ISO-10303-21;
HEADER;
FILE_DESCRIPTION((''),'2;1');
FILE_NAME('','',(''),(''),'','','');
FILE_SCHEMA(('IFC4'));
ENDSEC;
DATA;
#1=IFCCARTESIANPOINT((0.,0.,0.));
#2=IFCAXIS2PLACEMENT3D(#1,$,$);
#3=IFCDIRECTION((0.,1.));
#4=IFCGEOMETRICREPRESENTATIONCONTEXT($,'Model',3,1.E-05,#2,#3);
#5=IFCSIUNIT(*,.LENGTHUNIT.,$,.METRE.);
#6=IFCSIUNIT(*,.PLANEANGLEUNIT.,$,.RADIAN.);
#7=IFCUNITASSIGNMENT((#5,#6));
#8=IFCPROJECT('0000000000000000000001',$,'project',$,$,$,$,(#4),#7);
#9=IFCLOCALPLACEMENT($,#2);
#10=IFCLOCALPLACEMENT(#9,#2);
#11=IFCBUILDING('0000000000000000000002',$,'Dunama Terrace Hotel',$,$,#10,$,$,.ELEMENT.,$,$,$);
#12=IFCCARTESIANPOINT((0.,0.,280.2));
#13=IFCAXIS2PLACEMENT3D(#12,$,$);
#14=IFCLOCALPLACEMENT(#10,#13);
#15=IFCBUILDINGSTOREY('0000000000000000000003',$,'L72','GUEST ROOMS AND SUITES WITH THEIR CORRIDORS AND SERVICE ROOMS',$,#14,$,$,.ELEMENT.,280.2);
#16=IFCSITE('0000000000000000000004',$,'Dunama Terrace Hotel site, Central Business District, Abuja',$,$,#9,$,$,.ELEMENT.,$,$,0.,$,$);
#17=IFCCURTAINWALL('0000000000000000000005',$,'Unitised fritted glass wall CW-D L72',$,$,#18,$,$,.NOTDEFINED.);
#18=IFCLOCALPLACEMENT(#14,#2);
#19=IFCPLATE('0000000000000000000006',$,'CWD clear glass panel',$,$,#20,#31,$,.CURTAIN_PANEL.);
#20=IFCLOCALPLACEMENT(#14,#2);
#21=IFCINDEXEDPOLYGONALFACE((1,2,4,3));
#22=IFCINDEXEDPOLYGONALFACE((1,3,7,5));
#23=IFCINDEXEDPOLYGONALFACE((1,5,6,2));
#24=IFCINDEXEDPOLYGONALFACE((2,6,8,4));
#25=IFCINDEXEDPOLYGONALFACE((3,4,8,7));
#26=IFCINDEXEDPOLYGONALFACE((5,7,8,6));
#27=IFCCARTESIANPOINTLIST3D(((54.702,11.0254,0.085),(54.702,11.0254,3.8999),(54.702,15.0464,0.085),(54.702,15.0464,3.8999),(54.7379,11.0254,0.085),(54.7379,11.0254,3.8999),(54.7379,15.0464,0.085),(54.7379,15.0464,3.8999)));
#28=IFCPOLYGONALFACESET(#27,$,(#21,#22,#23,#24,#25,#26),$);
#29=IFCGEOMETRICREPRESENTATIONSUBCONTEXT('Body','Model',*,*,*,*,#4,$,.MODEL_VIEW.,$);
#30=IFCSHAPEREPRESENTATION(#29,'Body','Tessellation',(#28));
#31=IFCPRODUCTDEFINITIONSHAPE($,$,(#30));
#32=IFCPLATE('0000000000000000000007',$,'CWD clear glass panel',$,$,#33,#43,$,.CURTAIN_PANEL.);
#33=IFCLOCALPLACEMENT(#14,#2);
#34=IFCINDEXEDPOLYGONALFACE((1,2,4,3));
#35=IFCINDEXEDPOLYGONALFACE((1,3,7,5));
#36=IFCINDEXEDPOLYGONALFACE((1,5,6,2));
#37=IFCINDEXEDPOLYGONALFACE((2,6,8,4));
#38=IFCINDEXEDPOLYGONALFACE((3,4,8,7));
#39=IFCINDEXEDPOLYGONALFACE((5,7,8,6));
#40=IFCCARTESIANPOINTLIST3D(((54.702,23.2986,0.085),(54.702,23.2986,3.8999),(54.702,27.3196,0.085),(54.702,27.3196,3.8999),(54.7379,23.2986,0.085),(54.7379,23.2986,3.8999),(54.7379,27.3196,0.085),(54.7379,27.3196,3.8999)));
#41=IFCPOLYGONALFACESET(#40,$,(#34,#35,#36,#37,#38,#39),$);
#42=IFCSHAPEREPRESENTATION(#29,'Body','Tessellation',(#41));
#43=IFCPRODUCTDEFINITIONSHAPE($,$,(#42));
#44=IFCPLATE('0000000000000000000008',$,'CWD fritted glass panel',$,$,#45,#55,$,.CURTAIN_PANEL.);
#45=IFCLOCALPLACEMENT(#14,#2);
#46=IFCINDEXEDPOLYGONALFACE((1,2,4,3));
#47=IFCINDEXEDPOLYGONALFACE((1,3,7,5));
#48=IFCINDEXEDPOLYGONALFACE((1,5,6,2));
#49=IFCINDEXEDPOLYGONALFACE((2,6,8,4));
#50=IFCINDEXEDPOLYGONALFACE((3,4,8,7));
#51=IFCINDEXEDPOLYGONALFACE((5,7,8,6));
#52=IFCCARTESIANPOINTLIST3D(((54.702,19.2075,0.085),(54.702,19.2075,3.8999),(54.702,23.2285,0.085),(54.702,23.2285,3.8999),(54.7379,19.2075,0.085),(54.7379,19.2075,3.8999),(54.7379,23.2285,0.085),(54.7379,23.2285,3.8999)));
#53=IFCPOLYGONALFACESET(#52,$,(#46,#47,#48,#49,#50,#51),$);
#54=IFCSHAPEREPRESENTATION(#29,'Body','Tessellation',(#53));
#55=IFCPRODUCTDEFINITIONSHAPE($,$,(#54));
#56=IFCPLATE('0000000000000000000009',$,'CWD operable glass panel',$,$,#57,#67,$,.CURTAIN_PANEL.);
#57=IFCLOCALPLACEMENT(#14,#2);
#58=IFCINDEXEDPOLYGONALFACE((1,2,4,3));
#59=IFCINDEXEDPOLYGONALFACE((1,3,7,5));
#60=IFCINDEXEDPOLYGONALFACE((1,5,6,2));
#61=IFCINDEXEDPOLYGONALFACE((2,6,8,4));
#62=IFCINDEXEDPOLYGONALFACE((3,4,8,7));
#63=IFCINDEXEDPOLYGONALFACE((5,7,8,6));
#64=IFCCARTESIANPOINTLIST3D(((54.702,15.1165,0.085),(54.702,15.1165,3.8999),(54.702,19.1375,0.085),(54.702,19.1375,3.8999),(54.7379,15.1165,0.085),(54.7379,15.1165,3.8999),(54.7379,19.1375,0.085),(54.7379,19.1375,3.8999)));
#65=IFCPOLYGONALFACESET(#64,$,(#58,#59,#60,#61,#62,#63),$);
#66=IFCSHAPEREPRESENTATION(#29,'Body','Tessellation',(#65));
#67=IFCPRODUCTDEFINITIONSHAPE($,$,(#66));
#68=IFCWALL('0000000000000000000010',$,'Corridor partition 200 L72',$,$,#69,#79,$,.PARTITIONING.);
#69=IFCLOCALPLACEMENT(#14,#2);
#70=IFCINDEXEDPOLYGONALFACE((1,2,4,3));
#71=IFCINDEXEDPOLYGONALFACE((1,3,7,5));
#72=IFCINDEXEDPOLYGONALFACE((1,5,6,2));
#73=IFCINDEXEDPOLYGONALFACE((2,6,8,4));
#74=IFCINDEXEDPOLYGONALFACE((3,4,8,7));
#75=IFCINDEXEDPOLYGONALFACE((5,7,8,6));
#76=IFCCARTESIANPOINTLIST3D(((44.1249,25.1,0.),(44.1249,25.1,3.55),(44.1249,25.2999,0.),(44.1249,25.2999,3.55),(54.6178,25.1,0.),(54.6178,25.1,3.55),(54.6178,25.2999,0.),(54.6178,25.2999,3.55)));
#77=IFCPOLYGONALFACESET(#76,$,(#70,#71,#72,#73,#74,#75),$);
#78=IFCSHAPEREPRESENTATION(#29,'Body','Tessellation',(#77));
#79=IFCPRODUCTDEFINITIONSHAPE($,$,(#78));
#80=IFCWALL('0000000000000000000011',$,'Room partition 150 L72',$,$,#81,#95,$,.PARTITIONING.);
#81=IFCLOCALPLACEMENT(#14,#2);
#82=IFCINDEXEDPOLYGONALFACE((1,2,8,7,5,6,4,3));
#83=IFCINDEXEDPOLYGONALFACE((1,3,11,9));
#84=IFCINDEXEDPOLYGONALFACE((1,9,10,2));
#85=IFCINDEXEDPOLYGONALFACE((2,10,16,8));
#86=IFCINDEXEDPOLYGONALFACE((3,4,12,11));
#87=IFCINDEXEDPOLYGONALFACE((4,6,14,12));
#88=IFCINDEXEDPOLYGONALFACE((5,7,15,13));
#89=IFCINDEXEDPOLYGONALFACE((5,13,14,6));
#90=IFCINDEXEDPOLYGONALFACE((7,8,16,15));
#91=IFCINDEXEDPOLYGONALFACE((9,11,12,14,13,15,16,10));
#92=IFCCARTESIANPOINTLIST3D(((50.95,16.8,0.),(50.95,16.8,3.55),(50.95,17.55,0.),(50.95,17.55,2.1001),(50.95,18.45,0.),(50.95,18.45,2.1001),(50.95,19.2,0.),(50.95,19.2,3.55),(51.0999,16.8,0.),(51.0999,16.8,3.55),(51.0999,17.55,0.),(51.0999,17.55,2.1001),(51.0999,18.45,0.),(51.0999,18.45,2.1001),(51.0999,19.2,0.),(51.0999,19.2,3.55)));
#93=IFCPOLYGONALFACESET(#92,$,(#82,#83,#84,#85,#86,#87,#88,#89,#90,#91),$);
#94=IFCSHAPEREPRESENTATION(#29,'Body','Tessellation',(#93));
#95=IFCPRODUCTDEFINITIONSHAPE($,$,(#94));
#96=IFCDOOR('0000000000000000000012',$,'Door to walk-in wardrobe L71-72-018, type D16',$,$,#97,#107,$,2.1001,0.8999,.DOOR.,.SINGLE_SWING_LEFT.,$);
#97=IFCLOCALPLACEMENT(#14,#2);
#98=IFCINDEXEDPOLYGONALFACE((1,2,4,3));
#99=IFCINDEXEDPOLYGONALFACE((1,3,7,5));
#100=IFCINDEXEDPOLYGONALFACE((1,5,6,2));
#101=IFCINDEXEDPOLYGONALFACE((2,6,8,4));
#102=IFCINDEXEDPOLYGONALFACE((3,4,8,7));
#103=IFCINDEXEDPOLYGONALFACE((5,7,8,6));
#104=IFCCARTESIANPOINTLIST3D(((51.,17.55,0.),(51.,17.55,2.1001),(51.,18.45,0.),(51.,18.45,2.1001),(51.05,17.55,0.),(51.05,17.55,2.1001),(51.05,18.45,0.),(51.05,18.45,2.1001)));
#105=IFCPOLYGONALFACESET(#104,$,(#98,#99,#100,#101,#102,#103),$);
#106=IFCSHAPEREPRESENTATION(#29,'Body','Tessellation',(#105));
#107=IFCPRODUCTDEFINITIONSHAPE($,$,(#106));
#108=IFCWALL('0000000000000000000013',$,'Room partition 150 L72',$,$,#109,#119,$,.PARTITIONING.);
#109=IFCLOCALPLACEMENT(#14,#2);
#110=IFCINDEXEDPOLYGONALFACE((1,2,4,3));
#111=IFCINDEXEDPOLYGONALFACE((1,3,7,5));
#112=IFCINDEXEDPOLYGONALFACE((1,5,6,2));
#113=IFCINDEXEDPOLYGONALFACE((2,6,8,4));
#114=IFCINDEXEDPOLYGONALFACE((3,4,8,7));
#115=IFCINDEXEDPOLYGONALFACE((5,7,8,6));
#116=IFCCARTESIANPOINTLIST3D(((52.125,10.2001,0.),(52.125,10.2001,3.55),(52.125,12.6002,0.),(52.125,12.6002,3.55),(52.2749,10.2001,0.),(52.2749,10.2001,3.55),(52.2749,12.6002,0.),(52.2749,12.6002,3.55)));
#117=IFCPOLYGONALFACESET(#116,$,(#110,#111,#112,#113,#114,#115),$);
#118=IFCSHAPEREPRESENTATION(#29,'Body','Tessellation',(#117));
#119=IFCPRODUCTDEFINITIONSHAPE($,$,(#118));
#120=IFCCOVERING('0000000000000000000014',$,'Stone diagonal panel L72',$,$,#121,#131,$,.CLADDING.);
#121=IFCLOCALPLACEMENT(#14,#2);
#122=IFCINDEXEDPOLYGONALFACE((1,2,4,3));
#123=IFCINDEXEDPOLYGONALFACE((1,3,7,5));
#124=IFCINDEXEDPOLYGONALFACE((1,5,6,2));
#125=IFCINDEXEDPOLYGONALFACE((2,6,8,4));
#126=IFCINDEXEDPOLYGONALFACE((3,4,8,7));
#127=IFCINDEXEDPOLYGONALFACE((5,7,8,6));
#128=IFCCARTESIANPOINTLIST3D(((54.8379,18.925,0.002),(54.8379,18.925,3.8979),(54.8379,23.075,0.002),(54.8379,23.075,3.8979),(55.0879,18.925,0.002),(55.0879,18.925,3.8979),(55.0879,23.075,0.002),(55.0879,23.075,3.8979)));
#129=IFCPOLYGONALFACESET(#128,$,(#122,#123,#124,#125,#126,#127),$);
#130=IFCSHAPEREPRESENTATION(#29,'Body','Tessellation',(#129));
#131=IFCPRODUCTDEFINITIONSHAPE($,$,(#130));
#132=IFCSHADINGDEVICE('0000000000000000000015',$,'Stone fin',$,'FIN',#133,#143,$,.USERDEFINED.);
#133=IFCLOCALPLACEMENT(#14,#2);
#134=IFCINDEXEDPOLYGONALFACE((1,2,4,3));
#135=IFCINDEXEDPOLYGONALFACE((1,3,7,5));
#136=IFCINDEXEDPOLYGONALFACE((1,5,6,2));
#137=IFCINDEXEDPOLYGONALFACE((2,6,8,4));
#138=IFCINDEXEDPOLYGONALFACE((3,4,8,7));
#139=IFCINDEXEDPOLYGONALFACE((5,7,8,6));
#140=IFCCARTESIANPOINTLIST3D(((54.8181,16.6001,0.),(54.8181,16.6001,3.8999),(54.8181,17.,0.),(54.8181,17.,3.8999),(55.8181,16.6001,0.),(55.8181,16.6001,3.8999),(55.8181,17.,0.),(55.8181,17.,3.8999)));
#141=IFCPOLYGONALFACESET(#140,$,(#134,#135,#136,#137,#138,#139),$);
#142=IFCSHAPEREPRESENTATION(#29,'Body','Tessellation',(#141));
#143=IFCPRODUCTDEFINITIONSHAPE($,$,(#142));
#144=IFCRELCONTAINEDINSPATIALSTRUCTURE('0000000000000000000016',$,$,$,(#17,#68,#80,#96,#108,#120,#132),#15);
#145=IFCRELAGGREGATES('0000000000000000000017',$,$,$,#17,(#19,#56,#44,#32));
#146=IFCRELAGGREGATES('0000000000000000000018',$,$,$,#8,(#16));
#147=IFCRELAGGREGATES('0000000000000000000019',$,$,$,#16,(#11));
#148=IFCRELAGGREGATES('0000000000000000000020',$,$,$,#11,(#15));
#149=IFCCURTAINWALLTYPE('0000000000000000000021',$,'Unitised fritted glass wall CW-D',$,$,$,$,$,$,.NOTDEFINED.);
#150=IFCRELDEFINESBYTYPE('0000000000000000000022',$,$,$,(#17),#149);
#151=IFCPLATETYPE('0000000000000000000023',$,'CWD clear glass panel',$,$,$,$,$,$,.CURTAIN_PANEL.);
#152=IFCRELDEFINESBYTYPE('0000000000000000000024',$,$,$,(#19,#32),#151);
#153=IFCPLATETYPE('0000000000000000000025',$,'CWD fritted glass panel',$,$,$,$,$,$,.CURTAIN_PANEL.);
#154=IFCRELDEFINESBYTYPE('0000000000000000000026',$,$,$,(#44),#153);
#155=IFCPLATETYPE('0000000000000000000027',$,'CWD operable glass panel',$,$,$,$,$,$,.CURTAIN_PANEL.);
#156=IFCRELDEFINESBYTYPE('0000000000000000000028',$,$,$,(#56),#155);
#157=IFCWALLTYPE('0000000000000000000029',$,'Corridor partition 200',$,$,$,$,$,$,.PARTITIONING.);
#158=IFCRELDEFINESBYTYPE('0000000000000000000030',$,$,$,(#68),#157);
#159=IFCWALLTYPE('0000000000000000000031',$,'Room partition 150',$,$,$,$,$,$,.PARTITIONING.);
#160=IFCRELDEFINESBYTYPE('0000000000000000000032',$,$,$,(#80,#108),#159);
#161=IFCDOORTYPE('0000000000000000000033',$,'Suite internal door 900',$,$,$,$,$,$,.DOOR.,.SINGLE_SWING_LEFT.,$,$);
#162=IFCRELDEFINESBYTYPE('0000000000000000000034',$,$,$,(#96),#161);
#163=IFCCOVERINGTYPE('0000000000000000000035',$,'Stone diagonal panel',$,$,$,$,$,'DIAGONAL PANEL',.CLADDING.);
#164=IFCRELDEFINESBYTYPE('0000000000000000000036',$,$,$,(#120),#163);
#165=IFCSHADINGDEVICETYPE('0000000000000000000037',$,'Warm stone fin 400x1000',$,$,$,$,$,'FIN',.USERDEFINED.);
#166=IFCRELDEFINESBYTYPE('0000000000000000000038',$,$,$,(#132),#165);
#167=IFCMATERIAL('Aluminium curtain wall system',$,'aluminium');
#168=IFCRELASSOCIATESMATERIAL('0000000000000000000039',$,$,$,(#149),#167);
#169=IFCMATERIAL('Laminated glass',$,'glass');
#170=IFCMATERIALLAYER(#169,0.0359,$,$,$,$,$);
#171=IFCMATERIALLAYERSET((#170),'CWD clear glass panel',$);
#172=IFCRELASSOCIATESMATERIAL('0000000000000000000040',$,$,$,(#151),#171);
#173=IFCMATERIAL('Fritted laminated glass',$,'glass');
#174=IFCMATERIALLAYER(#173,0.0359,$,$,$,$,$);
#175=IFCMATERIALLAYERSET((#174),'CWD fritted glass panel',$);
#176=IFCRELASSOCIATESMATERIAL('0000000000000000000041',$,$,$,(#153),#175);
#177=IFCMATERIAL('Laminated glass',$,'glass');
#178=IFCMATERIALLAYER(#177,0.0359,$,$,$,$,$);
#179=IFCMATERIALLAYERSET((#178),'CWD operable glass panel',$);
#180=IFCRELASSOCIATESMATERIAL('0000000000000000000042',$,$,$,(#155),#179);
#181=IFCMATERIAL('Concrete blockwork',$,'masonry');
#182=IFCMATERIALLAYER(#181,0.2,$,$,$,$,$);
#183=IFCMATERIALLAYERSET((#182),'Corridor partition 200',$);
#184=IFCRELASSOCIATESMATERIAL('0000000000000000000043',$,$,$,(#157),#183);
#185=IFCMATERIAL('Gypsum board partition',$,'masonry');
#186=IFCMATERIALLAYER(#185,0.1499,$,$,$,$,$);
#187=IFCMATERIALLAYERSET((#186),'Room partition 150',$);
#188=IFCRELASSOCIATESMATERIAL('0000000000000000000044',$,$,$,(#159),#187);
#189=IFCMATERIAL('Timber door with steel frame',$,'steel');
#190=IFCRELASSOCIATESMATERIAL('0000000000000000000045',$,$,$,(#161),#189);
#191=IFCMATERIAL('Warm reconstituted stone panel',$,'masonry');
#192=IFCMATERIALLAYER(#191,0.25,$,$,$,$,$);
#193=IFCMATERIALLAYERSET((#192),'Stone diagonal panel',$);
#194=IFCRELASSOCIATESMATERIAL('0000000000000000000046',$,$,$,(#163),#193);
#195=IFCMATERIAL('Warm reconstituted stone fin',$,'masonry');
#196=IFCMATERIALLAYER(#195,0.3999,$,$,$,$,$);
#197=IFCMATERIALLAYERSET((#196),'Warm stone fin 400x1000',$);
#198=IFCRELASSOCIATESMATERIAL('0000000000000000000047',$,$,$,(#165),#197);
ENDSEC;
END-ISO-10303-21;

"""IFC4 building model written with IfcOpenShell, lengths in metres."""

from ifc_helpers import new_model, si_unit, direction, frame, frame_2d, origin, origin_2d, place, context, subcontext, project, spatial, rectangle, extrude, material, layer, layer_set, type_object, element, fill, aggregate, save


model = new_model("IFC4")

# Units and contexts
model_context = context("Model", 3, precision=1e-05, world=origin(), true_north=direction((0.0, 1.0)))
body_context = subcontext(model_context, "Body", "Model", "MODEL_VIEW")
ifc_project = project(units=[si_unit("LENGTHUNIT", "METRE"), si_unit("PLANEANGLEUNIT", "RADIAN")], contexts=[model_context])

# Site, building, storey
site_placement = place(None, origin())
site = spatial("IfcSite", under=ifc_project, at=site_placement, Name="Dunama Terrace Hotel site, Central Business District, Abuja", CompositionType="ELEMENT", RefElevation=0.0)
building_placement = place(site_placement, origin())
building = spatial("IfcBuilding", under=site, at=building_placement, Name="Dunama Terrace Hotel", CompositionType="ELEMENT")
storey_placement = place(building_placement, frame((0.0, 0.0, 280.2)))
storey = spatial("IfcBuildingStorey", under=building, at=storey_placement, Name="L72", Description="GUEST ROOMS AND SUITES WITH THEIR CORRIDORS AND SERVICE ROOMS", CompositionType="ELEMENT", Elevation=280.2)

# Curtain wall
ifc_material_1 = material(Name="Aluminium curtain wall system", Category="aluminium")
curtain_wall_type = type_object("IfcCurtainWallType", Name="Unitised fritted glass wall CW-D", PredefinedType="NOTDEFINED", material=ifc_material_1)
curtain_wall_placement = place(storey_placement, origin())
curtain_wall = element("IfcCurtainWall", 1, at=curtain_wall_placement, inside=storey, type_object=curtain_wall_type, Name="Unitised fritted glass wall CW-D L72", PredefinedType="NOTDEFINED")

# Plates
ifc_material_2 = material(Name="Laminated glass", Category="glass")
ifc_layer_1 = layer(ifc_material_2, 0.0359)
ifc_layer_set_1 = layer_set([ifc_layer_1], Name="CWD clear glass panel")
plate_type_1 = type_object("IfcPlateType", Name="CWD clear glass panel", PredefinedType="CURTAIN_PANEL", material=ifc_layer_set_1)
plate_1_placement = place(storey_placement, frame((54.72, 13.0359, 0.085), z_axis=(0.0, 0.0, 1.0), x_axis=(0.0, 1.0, 0.0)))
plate_1 = element("IfcPlate", 2, at=plate_1_placement, type_object=plate_type_1, Name="CWD clear glass panel", PredefinedType="CURTAIN_PANEL", context=body_context, shape_type="SweptSolid", body=[
    extrude(rectangle(XDim=4.021, YDim=0.0359, at=origin_2d()), origin(), (0.0, 0.0, 1.0), 3.8149),
])
plate_2_placement = place(storey_placement, frame((54.72, 25.3091, 0.085), z_axis=(0.0, 0.0, 1.0), x_axis=(0.0, 1.0, 0.0)))
plate_2 = element("IfcPlate", 3, at=plate_2_placement, type_object=plate_type_1, Name="CWD clear glass panel", PredefinedType="CURTAIN_PANEL", context=body_context, shape_type="SweptSolid", body=[
    extrude(rectangle(XDim=4.021, YDim=0.0359, at=origin_2d()), origin(), (0.0, 0.0, 1.0), 3.8149),
])
ifc_material_3 = material(Name="Fritted laminated glass", Category="glass")
ifc_layer_2 = layer(ifc_material_3, 0.0359)
ifc_layer_set_2 = layer_set([ifc_layer_2], Name="CWD fritted glass panel")
plate_type_2 = type_object("IfcPlateType", Name="CWD fritted glass panel", PredefinedType="CURTAIN_PANEL", material=ifc_layer_set_2)
plate_3_placement = place(storey_placement, frame((54.72, 21.218, 0.085), z_axis=(0.0, 0.0, 1.0), x_axis=(0.0, 1.0, 0.0)))
plate_3 = element("IfcPlate", 4, at=plate_3_placement, type_object=plate_type_2, Name="CWD fritted glass panel", PredefinedType="CURTAIN_PANEL", context=body_context, shape_type="SweptSolid", body=[
    extrude(rectangle(XDim=4.021, YDim=0.0359, at=origin_2d()), origin(), (0.0, 0.0, 1.0), 3.8149),
])
ifc_material_4 = material(Name="Laminated glass", Category="glass")
ifc_layer_3 = layer(ifc_material_4, 0.0359)
ifc_layer_set_3 = layer_set([ifc_layer_3], Name="CWD operable glass panel")
plate_type_3 = type_object("IfcPlateType", Name="CWD operable glass panel", PredefinedType="CURTAIN_PANEL", material=ifc_layer_set_3)
plate_4_placement = place(storey_placement, frame((54.72, 17.127, 0.085), z_axis=(0.0, 0.0, 1.0), x_axis=(0.0, 1.0, 0.0)))
plate_4 = element("IfcPlate", 5, at=plate_4_placement, type_object=plate_type_3, Name="CWD operable glass panel", PredefinedType="CURTAIN_PANEL", context=body_context, shape_type="SweptSolid", body=[
    extrude(rectangle(XDim=4.021, YDim=0.0359, at=origin_2d()), origin(), (0.0, 0.0, 1.0), 3.8149),
])
aggregate(curtain_wall, [plate_1, plate_4, plate_3, plate_2])

# Wall
ifc_material_5 = material(Name="Concrete blockwork", Category="masonry")
ifc_layer_4 = layer(ifc_material_5, 0.2)
ifc_layer_set_4 = layer_set([ifc_layer_4], Name="Corridor partition 200")
wall_type_1 = type_object("IfcWallType", Name="Corridor partition 200", PredefinedType="PARTITIONING", material=ifc_layer_set_4)
wall_1_placement = place(storey_placement, frame((54.6179, 25.2, 0.0), z_axis=(0.0, 0.0, 1.0), x_axis=(-1.0, 0.0, 0.0)))
element("IfcWall", 6, at=wall_1_placement, inside=storey, type_object=wall_type_1, Name="Corridor partition 200 L72", PredefinedType="PARTITIONING", context=body_context, shape_type="SweptSolid", body=[
    extrude(rectangle(XDim=10.4929, YDim=0.2, at=frame_2d((5.2466, 0.0))), origin(), (0.0, 0.0, 1.0), 3.55),
])

# Wall, opening, door
ifc_material_6 = material(Name="Gypsum board partition", Category="masonry")
ifc_layer_5 = layer(ifc_material_6, 0.1499)
ifc_layer_set_5 = layer_set([ifc_layer_5], Name="Room partition 150")
wall_type_2 = type_object("IfcWallType", Name="Room partition 150", PredefinedType="PARTITIONING", material=ifc_layer_set_5)
wall_2_placement = place(storey_placement, frame((51.0249, 16.8, 0.0), z_axis=(0.0, 0.0, 1.0), x_axis=(0.0, 1.0, 0.0)))
wall_2 = element("IfcWall", 7, at=wall_2_placement, inside=storey, type_object=wall_type_2, Name="Room partition 150 L72", PredefinedType="PARTITIONING", context=body_context, shape_type="SweptSolid", body=[
    extrude(rectangle(XDim=2.3999, YDim=0.1499, at=frame_2d((1.2, 0.0))), origin(), (0.0, 0.0, 1.0), 3.55),
])
opening_placement = place(wall_2_placement, frame((0.75, 0.0, 0.0)))
opening = element("IfcOpeningElement", 8, at=opening_placement, cuts=wall_2, PredefinedType="OPENING", context=body_context, shape_type="SweptSolid", body=[
    extrude(rectangle(XDim=0.8999, YDim=2.1001, at=frame_2d((0.45, 1.05))), frame((0.0, 0.085, 0.0), z_axis=(0.0, -1.0, 0.0), x_axis=(1.0, 0.0, 0.0)), (0.0, 0.0, 1.0), 0.1699),
])
ifc_material_7 = material(Name="Timber door with steel frame", Category="steel")
door_type = type_object("IfcDoorType", Name="Suite internal door 900", OperationType="SINGLE_SWING_LEFT", PredefinedType="DOOR", material=ifc_material_7)
door_placement = place(opening_placement, origin())
door = element("IfcDoor", 9, at=door_placement, inside=storey, type_object=door_type, Name="Door to walk-in wardrobe L71-72-018, type D16", OperationType="SINGLE_SWING_LEFT", OverallHeight=2.1001, OverallWidth=0.8999, PredefinedType="DOOR", context=body_context, shape_type="SweptSolid", body=[
    extrude(rectangle(XDim=0.8999, YDim=2.1001, at=frame_2d((0.45, 1.05))), frame((0.0, 0.0249, 0.0), z_axis=(0.0, -1.0, 0.0), x_axis=(1.0, 0.0, 0.0)), (0.0, 0.0, 1.0), 0.05),
])
fill(opening, door)

# Wall
wall_3_placement = place(storey_placement, frame((52.2, 10.2, 0.0), z_axis=(0.0, 0.0, 1.0), x_axis=(0.0, 1.0, 0.0)))
element("IfcWall", 10, at=wall_3_placement, inside=storey, type_object=wall_type_2, Name="Room partition 150 L72", PredefinedType="PARTITIONING", context=body_context, shape_type="SweptSolid", body=[
    extrude(rectangle(XDim=2.4001, YDim=0.1499, at=frame_2d((1.2002, 0.0))), origin(), (0.0, 0.0, 1.0), 3.55),
])

# Covering
ifc_material_8 = material(Name="Warm reconstituted stone panel", Category="masonry")
ifc_layer_6 = layer(ifc_material_8, 0.25)
ifc_layer_set_6 = layer_set([ifc_layer_6], Name="Stone diagonal panel")
covering_type = type_object("IfcCoveringType", Name="Stone diagonal panel", ElementType="DIAGONAL PANEL", PredefinedType="CLADDING", material=ifc_layer_set_6)
covering_placement = place(storey_placement, frame((54.9629, 21.0, 0.002), z_axis=(0.0, 0.0, 1.0), x_axis=(0.0, 1.0, 0.0)))
element("IfcCovering", 11, at=covering_placement, inside=storey, type_object=covering_type, Name="Stone diagonal panel L72", PredefinedType="CLADDING", context=body_context, shape_type="SweptSolid", body=[
    extrude(rectangle(XDim=4.1499, YDim=0.25, at=origin_2d()), origin(), (0.0, 0.0, 1.0), 3.896),
])

# Shading device
ifc_material_9 = material(Name="Warm reconstituted stone fin", Category="masonry")
ifc_layer_7 = layer(ifc_material_9, 0.3999)
ifc_layer_set_7 = layer_set([ifc_layer_7], Name="Warm stone fin 400x1000")
shading_device_type = type_object("IfcShadingDeviceType", Name="Warm stone fin 400x1000", ElementType="FIN", PredefinedType="USERDEFINED", material=ifc_layer_set_7)
shading_device_placement = place(storey_placement, frame((55.3181, 16.8, 0.0), z_axis=(0.0, 0.0, 1.0), x_axis=(0.0, 1.0, 0.0)))
element("IfcShadingDevice", 12, at=shading_device_placement, inside=storey, type_object=shading_device_type, Name="Stone fin", ObjectType="FIN", PredefinedType="USERDEFINED", context=body_context, shape_type="SweptSolid", body=[
    extrude(rectangle(XDim=0.3999, YDim=1.0, at=origin_2d()), origin(), (0.0, 0.0, 1.0), 3.8999),
])

save(model, "model.ifc")
